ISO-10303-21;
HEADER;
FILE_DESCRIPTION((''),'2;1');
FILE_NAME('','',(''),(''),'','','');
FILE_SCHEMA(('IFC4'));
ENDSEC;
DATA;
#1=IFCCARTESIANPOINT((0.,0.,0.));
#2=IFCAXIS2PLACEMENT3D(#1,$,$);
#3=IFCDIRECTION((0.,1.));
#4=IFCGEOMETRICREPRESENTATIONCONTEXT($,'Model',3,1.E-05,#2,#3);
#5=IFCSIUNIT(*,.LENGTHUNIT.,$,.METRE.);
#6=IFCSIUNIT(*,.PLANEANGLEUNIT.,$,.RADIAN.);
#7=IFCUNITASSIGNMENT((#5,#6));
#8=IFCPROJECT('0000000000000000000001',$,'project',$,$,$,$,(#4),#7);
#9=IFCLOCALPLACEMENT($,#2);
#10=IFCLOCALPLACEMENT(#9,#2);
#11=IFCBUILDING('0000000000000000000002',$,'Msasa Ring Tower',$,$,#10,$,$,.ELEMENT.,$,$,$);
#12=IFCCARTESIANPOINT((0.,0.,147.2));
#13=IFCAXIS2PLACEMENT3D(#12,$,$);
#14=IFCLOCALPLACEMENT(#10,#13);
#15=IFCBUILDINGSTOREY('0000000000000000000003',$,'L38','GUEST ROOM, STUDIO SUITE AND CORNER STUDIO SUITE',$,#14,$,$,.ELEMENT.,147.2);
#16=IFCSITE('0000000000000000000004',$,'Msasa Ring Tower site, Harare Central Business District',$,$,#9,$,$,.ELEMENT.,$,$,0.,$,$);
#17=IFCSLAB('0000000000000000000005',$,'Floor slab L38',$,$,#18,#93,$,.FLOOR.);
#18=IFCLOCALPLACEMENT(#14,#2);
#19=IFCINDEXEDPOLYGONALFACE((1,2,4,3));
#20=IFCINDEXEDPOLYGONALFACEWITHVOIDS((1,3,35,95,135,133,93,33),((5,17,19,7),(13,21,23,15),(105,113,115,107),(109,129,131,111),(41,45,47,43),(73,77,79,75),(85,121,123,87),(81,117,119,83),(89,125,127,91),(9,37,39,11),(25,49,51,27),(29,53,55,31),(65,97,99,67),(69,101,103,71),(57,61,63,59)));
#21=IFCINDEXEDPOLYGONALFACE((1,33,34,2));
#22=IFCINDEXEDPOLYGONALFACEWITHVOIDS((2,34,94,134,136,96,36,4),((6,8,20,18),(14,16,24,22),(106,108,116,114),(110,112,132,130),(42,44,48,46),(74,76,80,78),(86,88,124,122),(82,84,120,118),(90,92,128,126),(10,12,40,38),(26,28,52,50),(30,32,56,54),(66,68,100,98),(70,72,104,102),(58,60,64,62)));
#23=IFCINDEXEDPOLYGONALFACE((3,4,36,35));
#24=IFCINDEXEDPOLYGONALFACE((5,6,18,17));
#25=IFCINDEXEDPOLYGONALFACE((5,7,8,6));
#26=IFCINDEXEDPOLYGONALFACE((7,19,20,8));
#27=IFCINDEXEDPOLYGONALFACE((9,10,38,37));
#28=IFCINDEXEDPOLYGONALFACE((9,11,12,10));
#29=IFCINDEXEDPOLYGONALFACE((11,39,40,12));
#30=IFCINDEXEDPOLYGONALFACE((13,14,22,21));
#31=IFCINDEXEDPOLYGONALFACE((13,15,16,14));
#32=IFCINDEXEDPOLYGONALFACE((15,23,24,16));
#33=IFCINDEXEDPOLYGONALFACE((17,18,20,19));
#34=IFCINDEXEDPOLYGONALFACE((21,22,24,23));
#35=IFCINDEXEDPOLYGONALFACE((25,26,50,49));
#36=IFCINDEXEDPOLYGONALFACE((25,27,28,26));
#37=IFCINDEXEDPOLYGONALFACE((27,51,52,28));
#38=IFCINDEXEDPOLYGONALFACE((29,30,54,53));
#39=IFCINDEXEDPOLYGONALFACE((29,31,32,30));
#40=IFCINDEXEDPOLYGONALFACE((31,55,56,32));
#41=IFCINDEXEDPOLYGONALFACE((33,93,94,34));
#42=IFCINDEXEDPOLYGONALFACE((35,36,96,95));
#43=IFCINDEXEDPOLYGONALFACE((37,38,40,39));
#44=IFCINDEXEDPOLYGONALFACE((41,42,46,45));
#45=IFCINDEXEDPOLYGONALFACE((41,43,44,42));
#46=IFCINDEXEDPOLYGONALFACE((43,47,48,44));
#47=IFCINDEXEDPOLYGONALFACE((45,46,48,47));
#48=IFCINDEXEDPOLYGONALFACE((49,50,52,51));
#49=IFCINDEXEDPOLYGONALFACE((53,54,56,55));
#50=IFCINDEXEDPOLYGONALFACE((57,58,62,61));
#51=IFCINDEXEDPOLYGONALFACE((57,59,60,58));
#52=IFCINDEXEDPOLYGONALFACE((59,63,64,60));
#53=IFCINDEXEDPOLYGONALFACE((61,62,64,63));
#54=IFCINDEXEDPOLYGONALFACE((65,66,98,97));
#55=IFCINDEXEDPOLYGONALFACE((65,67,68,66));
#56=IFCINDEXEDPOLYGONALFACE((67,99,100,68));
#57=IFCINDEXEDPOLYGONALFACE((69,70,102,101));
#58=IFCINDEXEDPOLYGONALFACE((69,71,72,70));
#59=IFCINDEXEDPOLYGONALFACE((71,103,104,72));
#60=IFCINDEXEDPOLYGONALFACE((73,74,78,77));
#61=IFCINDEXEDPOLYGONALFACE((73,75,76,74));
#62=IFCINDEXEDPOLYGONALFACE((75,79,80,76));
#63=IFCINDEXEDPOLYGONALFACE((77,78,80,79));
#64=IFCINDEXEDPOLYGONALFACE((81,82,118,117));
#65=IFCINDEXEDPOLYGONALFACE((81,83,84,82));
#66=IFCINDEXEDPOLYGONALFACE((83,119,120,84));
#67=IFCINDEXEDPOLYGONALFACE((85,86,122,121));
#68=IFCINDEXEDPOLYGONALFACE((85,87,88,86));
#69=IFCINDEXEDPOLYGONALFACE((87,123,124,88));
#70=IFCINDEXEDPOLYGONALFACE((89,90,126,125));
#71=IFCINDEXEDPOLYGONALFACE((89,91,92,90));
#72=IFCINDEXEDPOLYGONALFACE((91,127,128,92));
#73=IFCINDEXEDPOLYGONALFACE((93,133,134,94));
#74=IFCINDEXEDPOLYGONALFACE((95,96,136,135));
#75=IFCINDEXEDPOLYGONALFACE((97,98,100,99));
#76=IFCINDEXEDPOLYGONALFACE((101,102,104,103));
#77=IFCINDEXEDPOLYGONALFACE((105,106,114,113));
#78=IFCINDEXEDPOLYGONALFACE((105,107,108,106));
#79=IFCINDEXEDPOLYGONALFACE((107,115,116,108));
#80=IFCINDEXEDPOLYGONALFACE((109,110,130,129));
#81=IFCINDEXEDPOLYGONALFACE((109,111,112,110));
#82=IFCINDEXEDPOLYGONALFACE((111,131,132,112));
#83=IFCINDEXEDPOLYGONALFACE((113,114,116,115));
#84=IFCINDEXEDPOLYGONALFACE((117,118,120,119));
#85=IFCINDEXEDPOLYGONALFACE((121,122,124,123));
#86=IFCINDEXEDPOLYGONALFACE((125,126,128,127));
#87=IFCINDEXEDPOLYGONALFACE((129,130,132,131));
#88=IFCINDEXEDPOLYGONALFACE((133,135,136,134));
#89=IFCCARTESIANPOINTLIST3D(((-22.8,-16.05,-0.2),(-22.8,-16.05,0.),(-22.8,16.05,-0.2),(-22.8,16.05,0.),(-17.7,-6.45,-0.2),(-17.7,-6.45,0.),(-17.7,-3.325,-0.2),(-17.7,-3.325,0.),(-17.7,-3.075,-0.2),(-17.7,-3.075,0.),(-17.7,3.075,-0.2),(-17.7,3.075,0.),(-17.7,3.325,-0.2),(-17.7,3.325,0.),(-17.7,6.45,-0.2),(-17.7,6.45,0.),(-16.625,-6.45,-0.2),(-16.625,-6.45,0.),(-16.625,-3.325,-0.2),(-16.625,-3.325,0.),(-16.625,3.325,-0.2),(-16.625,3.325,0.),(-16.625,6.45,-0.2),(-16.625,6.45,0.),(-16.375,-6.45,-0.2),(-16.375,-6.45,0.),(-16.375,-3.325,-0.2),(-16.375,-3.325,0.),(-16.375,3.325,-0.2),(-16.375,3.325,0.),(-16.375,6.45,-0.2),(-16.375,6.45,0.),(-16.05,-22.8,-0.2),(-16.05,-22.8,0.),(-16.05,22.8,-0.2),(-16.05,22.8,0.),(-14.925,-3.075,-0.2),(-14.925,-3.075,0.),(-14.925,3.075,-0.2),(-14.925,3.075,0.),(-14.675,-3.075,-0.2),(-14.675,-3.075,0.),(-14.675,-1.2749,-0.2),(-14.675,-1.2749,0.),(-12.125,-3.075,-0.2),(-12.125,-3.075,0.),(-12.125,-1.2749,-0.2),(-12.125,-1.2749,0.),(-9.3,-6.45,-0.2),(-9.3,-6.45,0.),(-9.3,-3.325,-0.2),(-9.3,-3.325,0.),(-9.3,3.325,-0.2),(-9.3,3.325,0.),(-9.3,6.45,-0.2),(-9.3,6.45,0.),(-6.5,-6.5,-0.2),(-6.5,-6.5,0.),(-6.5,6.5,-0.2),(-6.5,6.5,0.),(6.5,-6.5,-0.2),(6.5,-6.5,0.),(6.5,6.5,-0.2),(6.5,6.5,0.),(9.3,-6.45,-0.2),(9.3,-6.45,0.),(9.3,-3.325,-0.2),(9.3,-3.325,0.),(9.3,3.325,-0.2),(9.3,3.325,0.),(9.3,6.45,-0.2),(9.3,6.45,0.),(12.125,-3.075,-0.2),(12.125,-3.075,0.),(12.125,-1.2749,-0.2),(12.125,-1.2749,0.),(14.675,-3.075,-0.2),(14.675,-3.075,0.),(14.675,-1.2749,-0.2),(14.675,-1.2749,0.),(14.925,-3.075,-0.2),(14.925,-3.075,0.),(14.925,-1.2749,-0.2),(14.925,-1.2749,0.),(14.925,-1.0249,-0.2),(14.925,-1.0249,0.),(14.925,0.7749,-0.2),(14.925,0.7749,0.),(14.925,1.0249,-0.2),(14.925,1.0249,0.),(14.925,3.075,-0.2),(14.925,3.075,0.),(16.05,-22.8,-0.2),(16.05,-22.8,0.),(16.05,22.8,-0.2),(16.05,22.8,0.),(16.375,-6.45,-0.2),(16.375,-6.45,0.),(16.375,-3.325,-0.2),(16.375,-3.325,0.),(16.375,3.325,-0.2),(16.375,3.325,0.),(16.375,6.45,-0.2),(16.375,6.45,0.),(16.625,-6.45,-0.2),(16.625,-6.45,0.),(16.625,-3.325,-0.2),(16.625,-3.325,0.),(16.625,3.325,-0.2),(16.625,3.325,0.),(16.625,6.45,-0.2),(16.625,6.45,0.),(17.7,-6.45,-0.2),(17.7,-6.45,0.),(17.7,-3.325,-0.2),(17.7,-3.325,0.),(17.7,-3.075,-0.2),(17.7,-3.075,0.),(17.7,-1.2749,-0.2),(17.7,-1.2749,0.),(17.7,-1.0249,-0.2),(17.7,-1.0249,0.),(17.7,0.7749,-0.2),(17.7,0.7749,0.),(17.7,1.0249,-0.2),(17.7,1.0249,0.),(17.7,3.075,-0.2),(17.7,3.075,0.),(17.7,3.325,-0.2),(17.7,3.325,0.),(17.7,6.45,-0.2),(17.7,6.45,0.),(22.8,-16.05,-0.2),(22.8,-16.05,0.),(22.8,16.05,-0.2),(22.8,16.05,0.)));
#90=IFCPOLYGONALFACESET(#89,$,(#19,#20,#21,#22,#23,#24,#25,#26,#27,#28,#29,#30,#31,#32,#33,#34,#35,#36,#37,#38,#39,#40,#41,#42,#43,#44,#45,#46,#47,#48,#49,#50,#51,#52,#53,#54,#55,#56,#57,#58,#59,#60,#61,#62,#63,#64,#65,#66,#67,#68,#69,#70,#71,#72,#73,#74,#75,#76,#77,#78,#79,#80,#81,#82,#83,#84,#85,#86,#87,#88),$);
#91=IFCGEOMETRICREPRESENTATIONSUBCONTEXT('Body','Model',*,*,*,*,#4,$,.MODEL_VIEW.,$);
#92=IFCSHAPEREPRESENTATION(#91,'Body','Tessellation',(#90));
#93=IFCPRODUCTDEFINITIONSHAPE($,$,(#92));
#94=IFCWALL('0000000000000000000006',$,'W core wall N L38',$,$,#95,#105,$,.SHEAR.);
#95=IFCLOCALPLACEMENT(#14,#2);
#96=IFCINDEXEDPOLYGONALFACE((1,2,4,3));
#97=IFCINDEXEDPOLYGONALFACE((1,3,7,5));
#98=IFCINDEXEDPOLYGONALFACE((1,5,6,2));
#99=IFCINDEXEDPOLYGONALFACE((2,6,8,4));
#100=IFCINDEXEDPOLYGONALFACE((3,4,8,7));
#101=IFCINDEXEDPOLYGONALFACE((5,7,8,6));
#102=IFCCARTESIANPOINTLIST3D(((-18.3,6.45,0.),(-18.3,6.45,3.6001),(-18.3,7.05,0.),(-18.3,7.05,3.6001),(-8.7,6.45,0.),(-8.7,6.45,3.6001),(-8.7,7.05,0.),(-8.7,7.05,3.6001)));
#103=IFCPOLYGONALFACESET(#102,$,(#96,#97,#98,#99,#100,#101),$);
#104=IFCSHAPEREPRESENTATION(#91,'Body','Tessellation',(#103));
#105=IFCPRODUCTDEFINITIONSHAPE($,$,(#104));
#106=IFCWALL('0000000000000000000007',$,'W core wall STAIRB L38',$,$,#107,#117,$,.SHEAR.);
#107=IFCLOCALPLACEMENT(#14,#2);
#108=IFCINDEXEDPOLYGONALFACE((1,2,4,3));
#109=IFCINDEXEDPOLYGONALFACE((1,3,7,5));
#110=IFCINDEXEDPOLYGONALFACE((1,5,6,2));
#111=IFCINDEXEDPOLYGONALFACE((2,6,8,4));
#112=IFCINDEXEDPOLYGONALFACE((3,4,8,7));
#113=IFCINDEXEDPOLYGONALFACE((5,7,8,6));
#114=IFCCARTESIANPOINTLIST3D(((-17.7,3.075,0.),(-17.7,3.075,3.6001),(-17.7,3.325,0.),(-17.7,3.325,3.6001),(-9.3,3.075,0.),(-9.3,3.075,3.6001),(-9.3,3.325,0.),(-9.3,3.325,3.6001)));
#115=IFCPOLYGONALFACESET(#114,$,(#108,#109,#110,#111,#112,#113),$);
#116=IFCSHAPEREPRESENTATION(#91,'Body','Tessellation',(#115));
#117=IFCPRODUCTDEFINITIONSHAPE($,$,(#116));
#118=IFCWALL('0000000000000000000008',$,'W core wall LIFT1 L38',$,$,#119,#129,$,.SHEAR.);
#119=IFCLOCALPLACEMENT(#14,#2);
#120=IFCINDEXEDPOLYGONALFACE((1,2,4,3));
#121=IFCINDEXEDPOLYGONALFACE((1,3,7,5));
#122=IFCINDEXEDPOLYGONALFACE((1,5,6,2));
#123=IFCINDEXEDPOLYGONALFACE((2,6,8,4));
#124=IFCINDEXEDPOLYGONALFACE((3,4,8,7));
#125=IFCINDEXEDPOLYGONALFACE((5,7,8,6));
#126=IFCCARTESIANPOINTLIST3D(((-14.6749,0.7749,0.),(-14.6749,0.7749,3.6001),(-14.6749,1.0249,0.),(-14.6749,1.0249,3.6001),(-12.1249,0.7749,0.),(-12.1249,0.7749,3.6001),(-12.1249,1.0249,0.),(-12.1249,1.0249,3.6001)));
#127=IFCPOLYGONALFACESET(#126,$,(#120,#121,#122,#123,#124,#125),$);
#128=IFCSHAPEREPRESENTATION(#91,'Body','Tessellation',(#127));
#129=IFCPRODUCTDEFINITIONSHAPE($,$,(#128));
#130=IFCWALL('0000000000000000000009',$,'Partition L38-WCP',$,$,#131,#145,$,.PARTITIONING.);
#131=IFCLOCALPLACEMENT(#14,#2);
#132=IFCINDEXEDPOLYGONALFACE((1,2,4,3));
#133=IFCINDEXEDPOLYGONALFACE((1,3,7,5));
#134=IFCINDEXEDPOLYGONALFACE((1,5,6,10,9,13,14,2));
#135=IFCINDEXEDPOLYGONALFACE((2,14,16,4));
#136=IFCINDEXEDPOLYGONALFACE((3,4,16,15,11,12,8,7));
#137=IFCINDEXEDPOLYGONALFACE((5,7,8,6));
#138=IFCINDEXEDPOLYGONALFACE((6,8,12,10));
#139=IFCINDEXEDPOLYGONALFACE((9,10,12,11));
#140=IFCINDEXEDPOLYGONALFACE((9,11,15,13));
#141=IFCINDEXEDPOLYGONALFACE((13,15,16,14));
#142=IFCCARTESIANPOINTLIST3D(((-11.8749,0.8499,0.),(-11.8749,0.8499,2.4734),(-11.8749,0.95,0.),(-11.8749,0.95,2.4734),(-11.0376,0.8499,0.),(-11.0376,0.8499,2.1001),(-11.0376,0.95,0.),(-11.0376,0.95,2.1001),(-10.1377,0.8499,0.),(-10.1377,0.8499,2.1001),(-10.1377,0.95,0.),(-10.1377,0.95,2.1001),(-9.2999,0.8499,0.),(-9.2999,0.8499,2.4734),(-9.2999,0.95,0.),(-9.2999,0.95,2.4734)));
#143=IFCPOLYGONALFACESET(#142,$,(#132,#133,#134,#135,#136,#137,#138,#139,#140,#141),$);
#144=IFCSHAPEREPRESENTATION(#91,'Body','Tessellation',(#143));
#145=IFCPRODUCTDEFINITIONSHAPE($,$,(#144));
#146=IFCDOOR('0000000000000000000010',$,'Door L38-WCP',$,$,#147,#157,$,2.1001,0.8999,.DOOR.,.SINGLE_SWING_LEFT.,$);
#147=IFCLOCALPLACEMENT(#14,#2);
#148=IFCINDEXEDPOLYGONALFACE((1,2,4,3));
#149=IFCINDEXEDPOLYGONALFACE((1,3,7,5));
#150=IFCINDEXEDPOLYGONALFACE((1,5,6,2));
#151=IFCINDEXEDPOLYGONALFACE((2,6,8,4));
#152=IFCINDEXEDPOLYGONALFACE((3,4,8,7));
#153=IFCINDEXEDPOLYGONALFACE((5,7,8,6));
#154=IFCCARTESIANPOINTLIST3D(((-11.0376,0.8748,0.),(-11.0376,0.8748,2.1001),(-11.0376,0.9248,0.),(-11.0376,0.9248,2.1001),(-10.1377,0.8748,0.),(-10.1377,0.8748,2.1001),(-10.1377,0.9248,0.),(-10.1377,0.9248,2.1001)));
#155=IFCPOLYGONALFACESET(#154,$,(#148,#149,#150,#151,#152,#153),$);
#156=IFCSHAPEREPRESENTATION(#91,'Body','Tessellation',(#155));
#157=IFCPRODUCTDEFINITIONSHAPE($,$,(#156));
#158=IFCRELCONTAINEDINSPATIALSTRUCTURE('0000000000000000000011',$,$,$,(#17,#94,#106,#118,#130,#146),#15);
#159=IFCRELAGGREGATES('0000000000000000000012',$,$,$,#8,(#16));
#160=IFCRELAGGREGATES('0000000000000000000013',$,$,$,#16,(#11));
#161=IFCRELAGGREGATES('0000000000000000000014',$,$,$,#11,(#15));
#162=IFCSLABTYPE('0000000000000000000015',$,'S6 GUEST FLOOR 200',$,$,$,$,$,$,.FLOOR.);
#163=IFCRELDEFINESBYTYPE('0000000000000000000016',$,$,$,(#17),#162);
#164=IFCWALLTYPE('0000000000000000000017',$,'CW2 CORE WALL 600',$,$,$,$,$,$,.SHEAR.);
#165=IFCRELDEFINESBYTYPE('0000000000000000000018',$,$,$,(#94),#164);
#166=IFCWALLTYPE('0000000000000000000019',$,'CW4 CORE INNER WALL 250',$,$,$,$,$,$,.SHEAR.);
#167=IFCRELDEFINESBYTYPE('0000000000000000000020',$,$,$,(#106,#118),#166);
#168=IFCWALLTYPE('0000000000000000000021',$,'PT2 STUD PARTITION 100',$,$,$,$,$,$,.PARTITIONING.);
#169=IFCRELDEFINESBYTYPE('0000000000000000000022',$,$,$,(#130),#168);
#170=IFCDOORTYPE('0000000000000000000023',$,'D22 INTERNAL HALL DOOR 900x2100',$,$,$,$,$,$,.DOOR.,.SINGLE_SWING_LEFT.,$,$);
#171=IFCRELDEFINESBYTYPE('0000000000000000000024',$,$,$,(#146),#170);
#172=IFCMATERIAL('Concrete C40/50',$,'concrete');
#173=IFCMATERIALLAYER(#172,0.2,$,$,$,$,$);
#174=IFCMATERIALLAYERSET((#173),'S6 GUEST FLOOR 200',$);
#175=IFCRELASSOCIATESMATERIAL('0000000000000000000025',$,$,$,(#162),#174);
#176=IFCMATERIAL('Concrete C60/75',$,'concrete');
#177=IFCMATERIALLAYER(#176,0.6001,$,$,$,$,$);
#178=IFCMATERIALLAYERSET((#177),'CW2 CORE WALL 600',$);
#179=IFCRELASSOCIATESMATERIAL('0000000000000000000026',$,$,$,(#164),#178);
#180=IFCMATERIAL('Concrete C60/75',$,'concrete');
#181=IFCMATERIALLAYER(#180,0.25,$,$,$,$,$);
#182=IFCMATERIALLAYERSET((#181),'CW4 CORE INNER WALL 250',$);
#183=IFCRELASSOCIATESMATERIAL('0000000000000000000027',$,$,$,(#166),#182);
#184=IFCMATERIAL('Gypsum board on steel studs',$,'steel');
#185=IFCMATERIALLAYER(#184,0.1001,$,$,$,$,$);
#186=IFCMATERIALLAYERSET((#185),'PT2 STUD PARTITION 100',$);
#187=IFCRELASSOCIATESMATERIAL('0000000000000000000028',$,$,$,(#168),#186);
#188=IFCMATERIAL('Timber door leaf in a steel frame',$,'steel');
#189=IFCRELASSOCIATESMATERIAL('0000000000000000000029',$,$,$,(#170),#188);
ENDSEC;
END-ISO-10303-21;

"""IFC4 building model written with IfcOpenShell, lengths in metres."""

from ifc_helpers import new_model, si_unit, direction, frame, frame_2d, origin, place, context, subcontext, project, spatial, polyline, rectangle, outline, extrude, material, layer, layer_set, type_object, element, fill, save


model = new_model("IFC4")

# Units and contexts
model_context = context("Model", 3, precision=1e-05, world=origin(), true_north=direction((0.0, 1.0)))
body_context = subcontext(model_context, "Body", "Model", "MODEL_VIEW")
ifc_project = project(units=[si_unit("LENGTHUNIT", "METRE"), si_unit("PLANEANGLEUNIT", "RADIAN")], contexts=[model_context])

# Site, building, storey
site_placement = place(None, origin())
site = spatial("IfcSite", under=ifc_project, at=site_placement, Name="Msasa Ring Tower site, Harare Central Business District", CompositionType="ELEMENT", RefElevation=0.0)
building_placement = place(site_placement, origin())
building = spatial("IfcBuilding", under=site, at=building_placement, Name="Msasa Ring Tower", CompositionType="ELEMENT")
storey_placement = place(building_placement, frame((0.0, 0.0, 147.2)))
storey = spatial("IfcBuildingStorey", under=building, at=storey_placement, Name="L38", Description="GUEST ROOM, STUDIO SUITE AND CORNER STUDIO SUITE", CompositionType="ELEMENT", Elevation=147.2)

# Slab
ifc_material_1 = material(Name="Concrete C40/50", Category="concrete")
ifc_layer_1 = layer(ifc_material_1, 0.2)
ifc_layer_set_1 = layer_set([ifc_layer_1], Name="S6 GUEST FLOOR 200")
slab_type = type_object("IfcSlabType", Name="S6 GUEST FLOOR 200", PredefinedType="FLOOR", material=ifc_layer_set_1)
slab_placement = place(storey_placement, frame((0.0, 0.0, -0.2)))
element("IfcSlab", 1, at=slab_placement, inside=storey, type_object=slab_type, Name="Floor slab L38", PredefinedType="FLOOR", context=body_context, shape_type="SweptSolid", body=[
    extrude(outline(polyline([(-16.05, -22.8), (16.05, -22.8), (22.8, -16.05), (22.8, 16.05), (16.05, 22.8), (-16.05, 22.8), (-22.8, 16.05), (-22.8, -16.05), (-16.05, -22.8)]), holes=[polyline([(-6.5, -6.5), (6.5, -6.5), (6.5, 6.5), (-6.5, 6.5), (-6.5, -6.5)]), polyline([(9.3, -6.45), (16.375, -6.45), (16.375, -3.325), (9.3, -3.325), (9.3, -6.45)]), polyline([(9.3, 3.325), (16.375, 3.325), (16.375, 6.45), (9.3, 6.45), (9.3, 3.325)]), polyline([(12.125, -3.075), (14.675, -3.075), (14.675, -1.2749), (12.125, -1.2749), (12.125, -3.075)]), polyline([(16.625, -6.45), (17.7, -6.45), (17.7, -3.325), (16.625, -3.325), (16.625, -6.45)]), polyline([(16.625, 3.325), (17.7, 3.325), (17.7, 6.45), (16.625, 6.45), (16.625, 3.325)]), polyline([(14.925, -3.075), (17.7, -3.075), (17.7, -1.2749), (14.925, -1.2749), (14.925, -3.075)]), polyline([(14.925, -1.0249), (17.7, -1.0249), (17.7, 0.7749), (14.925, 0.7749), (14.925, -1.0249)]), polyline([(14.925, 1.0249), (17.7, 1.0249), (17.7, 3.075), (14.925, 3.075), (14.925, 1.0249)]), polyline([(-16.375, -6.45), (-9.3, -6.45), (-9.3, -3.325), (-16.375, -3.325), (-16.375, -6.45)]), polyline([(-16.375, 3.325), (-9.3, 3.325), (-9.3, 6.45), (-16.375, 6.45), (-16.375, 3.325)]), polyline([(-14.675, -3.075), (-12.125, -3.075), (-12.125, -1.2749), (-14.675, -1.2749), (-14.675, -3.075)]), polyline([(-17.7, -6.45), (-16.625, -6.45), (-16.625, -3.325), (-17.7, -3.325), (-17.7, -6.45)]), polyline([(-17.7, 3.325), (-16.625, 3.325), (-16.625, 6.45), (-17.7, 6.45), (-17.7, 3.325)]), polyline([(-17.7, -3.075), (-14.925, -3.075), (-14.925, 3.075), (-17.7, 3.075), (-17.7, -3.075)])]), origin(), (0.0, 0.0, 1.0), 0.2),
])

# Walls
ifc_material_2 = material(Name="Concrete C60/75", Category="concrete")
ifc_layer_2 = layer(ifc_material_2, 0.6001)
ifc_layer_set_2 = layer_set([ifc_layer_2], Name="CW2 CORE WALL 600")
wall_type_1 = type_object("IfcWallType", Name="CW2 CORE WALL 600", PredefinedType="SHEAR", material=ifc_layer_set_2)
wall_1_placement = place(storey_placement, frame((-8.7, 6.75, 0.0), z_axis=(0.0, 0.0, 1.0), x_axis=(-1.0, 0.0, 0.0)))
element("IfcWall", 2, at=wall_1_placement, inside=storey, type_object=wall_type_1, Name="W core wall N L38", PredefinedType="SHEAR", context=body_context, shape_type="SweptSolid", body=[
    extrude(rectangle(XDim=9.6001, YDim=0.6001, at=frame_2d((4.8, 0.0))), origin(), (0.0, 0.0, 1.0), 3.6001),
])
ifc_material_3 = material(Name="Concrete C60/75", Category="concrete")
ifc_layer_3 = layer(ifc_material_3, 0.25)
ifc_layer_set_3 = layer_set([ifc_layer_3], Name="CW4 CORE INNER WALL 250")
wall_type_2 = type_object("IfcWallType", Name="CW4 CORE INNER WALL 250", PredefinedType="SHEAR", material=ifc_layer_set_3)
wall_2_placement = place(storey_placement, frame((-9.3, 3.2, 0.0), z_axis=(0.0, 0.0, 1.0), x_axis=(-1.0, 0.0, 0.0)))
element("IfcWall", 3, at=wall_2_placement, inside=storey, type_object=wall_type_2, Name="W core wall STAIRB L38", PredefinedType="SHEAR", context=body_context, shape_type="SweptSolid", body=[
    extrude(rectangle(XDim=8.3999, YDim=0.25, at=frame_2d((4.2, 0.0))), origin(), (0.0, 0.0, 1.0), 3.6001),
])
wall_3_placement = place(storey_placement, frame((-12.125, 0.8999, 0.0), z_axis=(0.0, 0.0, 1.0), x_axis=(-1.0, 0.0, 0.0)))
element("IfcWall", 4, at=wall_3_placement, inside=storey, type_object=wall_type_2, Name="W core wall LIFT1 L38", PredefinedType="SHEAR", context=body_context, shape_type="SweptSolid", body=[
    extrude(rectangle(XDim=2.55, YDim=0.25, at=frame_2d((1.2749, 0.0))), origin(), (0.0, 0.0, 1.0), 3.6001),
])

# Wall, opening, door
ifc_material_4 = material(Name="Gypsum board on steel studs", Category="steel")
ifc_layer_4 = layer(ifc_material_4, 0.1001)
ifc_layer_set_4 = layer_set([ifc_layer_4], Name="PT2 STUD PARTITION 100")
wall_type_3 = type_object("IfcWallType", Name="PT2 STUD PARTITION 100", PredefinedType="PARTITIONING", material=ifc_layer_set_4)
wall_4_placement = place(storey_placement, frame((-11.875, 0.8999, 0.0), z_axis=(0.0, 0.0, 1.0), x_axis=(1.0, 0.0, 0.0)))
wall_4 = element("IfcWall", 5, at=wall_4_placement, inside=storey, type_object=wall_type_3, Name="Partition L38-WCP", PredefinedType="PARTITIONING", context=body_context, shape_type="SweptSolid", body=[
    extrude(rectangle(XDim=2.575, YDim=0.1001, at=frame_2d((1.2876, 0.0))), origin(), (0.0, 0.0, 1.0), 2.4734),
])
opening_placement = place(wall_4_placement, frame((0.8374, 0.0, 0.0)))
opening = element("IfcOpeningElement", 6, at=opening_placement, cuts=wall_4, PredefinedType="OPENING", context=body_context, shape_type="SweptSolid", body=[
    extrude(rectangle(XDim=0.8999, YDim=2.1001, at=frame_2d((0.45, 1.05))), frame((0.0, 0.0601, 0.0), z_axis=(0.0, -1.0, 0.0), x_axis=(1.0, 0.0, 0.0)), (0.0, 0.0, 1.0), 0.1201),
])
ifc_material_5 = material(Name="Timber door leaf in a steel frame", Category="steel")
door_type = type_object("IfcDoorType", Name="D22 INTERNAL HALL DOOR 900x2100", OperationType="SINGLE_SWING_LEFT", PredefinedType="DOOR", material=ifc_material_5)
door_placement = place(opening_placement, origin())
door = element("IfcDoor", 7, at=door_placement, inside=storey, type_object=door_type, Name="Door L38-WCP", OperationType="SINGLE_SWING_LEFT", OverallHeight=2.1001, OverallWidth=0.8999, PredefinedType="DOOR", context=body_context, shape_type="SweptSolid", body=[
    extrude(rectangle(XDim=0.8999, YDim=2.1001, at=frame_2d((0.45, 1.05))), frame((0.0, 0.0249, 0.0), z_axis=(0.0, -1.0, 0.0), x_axis=(1.0, 0.0, 0.0)), (0.0, 0.0, 1.0), 0.05),
])
fill(opening, door)

save(model, "model.ifc")
